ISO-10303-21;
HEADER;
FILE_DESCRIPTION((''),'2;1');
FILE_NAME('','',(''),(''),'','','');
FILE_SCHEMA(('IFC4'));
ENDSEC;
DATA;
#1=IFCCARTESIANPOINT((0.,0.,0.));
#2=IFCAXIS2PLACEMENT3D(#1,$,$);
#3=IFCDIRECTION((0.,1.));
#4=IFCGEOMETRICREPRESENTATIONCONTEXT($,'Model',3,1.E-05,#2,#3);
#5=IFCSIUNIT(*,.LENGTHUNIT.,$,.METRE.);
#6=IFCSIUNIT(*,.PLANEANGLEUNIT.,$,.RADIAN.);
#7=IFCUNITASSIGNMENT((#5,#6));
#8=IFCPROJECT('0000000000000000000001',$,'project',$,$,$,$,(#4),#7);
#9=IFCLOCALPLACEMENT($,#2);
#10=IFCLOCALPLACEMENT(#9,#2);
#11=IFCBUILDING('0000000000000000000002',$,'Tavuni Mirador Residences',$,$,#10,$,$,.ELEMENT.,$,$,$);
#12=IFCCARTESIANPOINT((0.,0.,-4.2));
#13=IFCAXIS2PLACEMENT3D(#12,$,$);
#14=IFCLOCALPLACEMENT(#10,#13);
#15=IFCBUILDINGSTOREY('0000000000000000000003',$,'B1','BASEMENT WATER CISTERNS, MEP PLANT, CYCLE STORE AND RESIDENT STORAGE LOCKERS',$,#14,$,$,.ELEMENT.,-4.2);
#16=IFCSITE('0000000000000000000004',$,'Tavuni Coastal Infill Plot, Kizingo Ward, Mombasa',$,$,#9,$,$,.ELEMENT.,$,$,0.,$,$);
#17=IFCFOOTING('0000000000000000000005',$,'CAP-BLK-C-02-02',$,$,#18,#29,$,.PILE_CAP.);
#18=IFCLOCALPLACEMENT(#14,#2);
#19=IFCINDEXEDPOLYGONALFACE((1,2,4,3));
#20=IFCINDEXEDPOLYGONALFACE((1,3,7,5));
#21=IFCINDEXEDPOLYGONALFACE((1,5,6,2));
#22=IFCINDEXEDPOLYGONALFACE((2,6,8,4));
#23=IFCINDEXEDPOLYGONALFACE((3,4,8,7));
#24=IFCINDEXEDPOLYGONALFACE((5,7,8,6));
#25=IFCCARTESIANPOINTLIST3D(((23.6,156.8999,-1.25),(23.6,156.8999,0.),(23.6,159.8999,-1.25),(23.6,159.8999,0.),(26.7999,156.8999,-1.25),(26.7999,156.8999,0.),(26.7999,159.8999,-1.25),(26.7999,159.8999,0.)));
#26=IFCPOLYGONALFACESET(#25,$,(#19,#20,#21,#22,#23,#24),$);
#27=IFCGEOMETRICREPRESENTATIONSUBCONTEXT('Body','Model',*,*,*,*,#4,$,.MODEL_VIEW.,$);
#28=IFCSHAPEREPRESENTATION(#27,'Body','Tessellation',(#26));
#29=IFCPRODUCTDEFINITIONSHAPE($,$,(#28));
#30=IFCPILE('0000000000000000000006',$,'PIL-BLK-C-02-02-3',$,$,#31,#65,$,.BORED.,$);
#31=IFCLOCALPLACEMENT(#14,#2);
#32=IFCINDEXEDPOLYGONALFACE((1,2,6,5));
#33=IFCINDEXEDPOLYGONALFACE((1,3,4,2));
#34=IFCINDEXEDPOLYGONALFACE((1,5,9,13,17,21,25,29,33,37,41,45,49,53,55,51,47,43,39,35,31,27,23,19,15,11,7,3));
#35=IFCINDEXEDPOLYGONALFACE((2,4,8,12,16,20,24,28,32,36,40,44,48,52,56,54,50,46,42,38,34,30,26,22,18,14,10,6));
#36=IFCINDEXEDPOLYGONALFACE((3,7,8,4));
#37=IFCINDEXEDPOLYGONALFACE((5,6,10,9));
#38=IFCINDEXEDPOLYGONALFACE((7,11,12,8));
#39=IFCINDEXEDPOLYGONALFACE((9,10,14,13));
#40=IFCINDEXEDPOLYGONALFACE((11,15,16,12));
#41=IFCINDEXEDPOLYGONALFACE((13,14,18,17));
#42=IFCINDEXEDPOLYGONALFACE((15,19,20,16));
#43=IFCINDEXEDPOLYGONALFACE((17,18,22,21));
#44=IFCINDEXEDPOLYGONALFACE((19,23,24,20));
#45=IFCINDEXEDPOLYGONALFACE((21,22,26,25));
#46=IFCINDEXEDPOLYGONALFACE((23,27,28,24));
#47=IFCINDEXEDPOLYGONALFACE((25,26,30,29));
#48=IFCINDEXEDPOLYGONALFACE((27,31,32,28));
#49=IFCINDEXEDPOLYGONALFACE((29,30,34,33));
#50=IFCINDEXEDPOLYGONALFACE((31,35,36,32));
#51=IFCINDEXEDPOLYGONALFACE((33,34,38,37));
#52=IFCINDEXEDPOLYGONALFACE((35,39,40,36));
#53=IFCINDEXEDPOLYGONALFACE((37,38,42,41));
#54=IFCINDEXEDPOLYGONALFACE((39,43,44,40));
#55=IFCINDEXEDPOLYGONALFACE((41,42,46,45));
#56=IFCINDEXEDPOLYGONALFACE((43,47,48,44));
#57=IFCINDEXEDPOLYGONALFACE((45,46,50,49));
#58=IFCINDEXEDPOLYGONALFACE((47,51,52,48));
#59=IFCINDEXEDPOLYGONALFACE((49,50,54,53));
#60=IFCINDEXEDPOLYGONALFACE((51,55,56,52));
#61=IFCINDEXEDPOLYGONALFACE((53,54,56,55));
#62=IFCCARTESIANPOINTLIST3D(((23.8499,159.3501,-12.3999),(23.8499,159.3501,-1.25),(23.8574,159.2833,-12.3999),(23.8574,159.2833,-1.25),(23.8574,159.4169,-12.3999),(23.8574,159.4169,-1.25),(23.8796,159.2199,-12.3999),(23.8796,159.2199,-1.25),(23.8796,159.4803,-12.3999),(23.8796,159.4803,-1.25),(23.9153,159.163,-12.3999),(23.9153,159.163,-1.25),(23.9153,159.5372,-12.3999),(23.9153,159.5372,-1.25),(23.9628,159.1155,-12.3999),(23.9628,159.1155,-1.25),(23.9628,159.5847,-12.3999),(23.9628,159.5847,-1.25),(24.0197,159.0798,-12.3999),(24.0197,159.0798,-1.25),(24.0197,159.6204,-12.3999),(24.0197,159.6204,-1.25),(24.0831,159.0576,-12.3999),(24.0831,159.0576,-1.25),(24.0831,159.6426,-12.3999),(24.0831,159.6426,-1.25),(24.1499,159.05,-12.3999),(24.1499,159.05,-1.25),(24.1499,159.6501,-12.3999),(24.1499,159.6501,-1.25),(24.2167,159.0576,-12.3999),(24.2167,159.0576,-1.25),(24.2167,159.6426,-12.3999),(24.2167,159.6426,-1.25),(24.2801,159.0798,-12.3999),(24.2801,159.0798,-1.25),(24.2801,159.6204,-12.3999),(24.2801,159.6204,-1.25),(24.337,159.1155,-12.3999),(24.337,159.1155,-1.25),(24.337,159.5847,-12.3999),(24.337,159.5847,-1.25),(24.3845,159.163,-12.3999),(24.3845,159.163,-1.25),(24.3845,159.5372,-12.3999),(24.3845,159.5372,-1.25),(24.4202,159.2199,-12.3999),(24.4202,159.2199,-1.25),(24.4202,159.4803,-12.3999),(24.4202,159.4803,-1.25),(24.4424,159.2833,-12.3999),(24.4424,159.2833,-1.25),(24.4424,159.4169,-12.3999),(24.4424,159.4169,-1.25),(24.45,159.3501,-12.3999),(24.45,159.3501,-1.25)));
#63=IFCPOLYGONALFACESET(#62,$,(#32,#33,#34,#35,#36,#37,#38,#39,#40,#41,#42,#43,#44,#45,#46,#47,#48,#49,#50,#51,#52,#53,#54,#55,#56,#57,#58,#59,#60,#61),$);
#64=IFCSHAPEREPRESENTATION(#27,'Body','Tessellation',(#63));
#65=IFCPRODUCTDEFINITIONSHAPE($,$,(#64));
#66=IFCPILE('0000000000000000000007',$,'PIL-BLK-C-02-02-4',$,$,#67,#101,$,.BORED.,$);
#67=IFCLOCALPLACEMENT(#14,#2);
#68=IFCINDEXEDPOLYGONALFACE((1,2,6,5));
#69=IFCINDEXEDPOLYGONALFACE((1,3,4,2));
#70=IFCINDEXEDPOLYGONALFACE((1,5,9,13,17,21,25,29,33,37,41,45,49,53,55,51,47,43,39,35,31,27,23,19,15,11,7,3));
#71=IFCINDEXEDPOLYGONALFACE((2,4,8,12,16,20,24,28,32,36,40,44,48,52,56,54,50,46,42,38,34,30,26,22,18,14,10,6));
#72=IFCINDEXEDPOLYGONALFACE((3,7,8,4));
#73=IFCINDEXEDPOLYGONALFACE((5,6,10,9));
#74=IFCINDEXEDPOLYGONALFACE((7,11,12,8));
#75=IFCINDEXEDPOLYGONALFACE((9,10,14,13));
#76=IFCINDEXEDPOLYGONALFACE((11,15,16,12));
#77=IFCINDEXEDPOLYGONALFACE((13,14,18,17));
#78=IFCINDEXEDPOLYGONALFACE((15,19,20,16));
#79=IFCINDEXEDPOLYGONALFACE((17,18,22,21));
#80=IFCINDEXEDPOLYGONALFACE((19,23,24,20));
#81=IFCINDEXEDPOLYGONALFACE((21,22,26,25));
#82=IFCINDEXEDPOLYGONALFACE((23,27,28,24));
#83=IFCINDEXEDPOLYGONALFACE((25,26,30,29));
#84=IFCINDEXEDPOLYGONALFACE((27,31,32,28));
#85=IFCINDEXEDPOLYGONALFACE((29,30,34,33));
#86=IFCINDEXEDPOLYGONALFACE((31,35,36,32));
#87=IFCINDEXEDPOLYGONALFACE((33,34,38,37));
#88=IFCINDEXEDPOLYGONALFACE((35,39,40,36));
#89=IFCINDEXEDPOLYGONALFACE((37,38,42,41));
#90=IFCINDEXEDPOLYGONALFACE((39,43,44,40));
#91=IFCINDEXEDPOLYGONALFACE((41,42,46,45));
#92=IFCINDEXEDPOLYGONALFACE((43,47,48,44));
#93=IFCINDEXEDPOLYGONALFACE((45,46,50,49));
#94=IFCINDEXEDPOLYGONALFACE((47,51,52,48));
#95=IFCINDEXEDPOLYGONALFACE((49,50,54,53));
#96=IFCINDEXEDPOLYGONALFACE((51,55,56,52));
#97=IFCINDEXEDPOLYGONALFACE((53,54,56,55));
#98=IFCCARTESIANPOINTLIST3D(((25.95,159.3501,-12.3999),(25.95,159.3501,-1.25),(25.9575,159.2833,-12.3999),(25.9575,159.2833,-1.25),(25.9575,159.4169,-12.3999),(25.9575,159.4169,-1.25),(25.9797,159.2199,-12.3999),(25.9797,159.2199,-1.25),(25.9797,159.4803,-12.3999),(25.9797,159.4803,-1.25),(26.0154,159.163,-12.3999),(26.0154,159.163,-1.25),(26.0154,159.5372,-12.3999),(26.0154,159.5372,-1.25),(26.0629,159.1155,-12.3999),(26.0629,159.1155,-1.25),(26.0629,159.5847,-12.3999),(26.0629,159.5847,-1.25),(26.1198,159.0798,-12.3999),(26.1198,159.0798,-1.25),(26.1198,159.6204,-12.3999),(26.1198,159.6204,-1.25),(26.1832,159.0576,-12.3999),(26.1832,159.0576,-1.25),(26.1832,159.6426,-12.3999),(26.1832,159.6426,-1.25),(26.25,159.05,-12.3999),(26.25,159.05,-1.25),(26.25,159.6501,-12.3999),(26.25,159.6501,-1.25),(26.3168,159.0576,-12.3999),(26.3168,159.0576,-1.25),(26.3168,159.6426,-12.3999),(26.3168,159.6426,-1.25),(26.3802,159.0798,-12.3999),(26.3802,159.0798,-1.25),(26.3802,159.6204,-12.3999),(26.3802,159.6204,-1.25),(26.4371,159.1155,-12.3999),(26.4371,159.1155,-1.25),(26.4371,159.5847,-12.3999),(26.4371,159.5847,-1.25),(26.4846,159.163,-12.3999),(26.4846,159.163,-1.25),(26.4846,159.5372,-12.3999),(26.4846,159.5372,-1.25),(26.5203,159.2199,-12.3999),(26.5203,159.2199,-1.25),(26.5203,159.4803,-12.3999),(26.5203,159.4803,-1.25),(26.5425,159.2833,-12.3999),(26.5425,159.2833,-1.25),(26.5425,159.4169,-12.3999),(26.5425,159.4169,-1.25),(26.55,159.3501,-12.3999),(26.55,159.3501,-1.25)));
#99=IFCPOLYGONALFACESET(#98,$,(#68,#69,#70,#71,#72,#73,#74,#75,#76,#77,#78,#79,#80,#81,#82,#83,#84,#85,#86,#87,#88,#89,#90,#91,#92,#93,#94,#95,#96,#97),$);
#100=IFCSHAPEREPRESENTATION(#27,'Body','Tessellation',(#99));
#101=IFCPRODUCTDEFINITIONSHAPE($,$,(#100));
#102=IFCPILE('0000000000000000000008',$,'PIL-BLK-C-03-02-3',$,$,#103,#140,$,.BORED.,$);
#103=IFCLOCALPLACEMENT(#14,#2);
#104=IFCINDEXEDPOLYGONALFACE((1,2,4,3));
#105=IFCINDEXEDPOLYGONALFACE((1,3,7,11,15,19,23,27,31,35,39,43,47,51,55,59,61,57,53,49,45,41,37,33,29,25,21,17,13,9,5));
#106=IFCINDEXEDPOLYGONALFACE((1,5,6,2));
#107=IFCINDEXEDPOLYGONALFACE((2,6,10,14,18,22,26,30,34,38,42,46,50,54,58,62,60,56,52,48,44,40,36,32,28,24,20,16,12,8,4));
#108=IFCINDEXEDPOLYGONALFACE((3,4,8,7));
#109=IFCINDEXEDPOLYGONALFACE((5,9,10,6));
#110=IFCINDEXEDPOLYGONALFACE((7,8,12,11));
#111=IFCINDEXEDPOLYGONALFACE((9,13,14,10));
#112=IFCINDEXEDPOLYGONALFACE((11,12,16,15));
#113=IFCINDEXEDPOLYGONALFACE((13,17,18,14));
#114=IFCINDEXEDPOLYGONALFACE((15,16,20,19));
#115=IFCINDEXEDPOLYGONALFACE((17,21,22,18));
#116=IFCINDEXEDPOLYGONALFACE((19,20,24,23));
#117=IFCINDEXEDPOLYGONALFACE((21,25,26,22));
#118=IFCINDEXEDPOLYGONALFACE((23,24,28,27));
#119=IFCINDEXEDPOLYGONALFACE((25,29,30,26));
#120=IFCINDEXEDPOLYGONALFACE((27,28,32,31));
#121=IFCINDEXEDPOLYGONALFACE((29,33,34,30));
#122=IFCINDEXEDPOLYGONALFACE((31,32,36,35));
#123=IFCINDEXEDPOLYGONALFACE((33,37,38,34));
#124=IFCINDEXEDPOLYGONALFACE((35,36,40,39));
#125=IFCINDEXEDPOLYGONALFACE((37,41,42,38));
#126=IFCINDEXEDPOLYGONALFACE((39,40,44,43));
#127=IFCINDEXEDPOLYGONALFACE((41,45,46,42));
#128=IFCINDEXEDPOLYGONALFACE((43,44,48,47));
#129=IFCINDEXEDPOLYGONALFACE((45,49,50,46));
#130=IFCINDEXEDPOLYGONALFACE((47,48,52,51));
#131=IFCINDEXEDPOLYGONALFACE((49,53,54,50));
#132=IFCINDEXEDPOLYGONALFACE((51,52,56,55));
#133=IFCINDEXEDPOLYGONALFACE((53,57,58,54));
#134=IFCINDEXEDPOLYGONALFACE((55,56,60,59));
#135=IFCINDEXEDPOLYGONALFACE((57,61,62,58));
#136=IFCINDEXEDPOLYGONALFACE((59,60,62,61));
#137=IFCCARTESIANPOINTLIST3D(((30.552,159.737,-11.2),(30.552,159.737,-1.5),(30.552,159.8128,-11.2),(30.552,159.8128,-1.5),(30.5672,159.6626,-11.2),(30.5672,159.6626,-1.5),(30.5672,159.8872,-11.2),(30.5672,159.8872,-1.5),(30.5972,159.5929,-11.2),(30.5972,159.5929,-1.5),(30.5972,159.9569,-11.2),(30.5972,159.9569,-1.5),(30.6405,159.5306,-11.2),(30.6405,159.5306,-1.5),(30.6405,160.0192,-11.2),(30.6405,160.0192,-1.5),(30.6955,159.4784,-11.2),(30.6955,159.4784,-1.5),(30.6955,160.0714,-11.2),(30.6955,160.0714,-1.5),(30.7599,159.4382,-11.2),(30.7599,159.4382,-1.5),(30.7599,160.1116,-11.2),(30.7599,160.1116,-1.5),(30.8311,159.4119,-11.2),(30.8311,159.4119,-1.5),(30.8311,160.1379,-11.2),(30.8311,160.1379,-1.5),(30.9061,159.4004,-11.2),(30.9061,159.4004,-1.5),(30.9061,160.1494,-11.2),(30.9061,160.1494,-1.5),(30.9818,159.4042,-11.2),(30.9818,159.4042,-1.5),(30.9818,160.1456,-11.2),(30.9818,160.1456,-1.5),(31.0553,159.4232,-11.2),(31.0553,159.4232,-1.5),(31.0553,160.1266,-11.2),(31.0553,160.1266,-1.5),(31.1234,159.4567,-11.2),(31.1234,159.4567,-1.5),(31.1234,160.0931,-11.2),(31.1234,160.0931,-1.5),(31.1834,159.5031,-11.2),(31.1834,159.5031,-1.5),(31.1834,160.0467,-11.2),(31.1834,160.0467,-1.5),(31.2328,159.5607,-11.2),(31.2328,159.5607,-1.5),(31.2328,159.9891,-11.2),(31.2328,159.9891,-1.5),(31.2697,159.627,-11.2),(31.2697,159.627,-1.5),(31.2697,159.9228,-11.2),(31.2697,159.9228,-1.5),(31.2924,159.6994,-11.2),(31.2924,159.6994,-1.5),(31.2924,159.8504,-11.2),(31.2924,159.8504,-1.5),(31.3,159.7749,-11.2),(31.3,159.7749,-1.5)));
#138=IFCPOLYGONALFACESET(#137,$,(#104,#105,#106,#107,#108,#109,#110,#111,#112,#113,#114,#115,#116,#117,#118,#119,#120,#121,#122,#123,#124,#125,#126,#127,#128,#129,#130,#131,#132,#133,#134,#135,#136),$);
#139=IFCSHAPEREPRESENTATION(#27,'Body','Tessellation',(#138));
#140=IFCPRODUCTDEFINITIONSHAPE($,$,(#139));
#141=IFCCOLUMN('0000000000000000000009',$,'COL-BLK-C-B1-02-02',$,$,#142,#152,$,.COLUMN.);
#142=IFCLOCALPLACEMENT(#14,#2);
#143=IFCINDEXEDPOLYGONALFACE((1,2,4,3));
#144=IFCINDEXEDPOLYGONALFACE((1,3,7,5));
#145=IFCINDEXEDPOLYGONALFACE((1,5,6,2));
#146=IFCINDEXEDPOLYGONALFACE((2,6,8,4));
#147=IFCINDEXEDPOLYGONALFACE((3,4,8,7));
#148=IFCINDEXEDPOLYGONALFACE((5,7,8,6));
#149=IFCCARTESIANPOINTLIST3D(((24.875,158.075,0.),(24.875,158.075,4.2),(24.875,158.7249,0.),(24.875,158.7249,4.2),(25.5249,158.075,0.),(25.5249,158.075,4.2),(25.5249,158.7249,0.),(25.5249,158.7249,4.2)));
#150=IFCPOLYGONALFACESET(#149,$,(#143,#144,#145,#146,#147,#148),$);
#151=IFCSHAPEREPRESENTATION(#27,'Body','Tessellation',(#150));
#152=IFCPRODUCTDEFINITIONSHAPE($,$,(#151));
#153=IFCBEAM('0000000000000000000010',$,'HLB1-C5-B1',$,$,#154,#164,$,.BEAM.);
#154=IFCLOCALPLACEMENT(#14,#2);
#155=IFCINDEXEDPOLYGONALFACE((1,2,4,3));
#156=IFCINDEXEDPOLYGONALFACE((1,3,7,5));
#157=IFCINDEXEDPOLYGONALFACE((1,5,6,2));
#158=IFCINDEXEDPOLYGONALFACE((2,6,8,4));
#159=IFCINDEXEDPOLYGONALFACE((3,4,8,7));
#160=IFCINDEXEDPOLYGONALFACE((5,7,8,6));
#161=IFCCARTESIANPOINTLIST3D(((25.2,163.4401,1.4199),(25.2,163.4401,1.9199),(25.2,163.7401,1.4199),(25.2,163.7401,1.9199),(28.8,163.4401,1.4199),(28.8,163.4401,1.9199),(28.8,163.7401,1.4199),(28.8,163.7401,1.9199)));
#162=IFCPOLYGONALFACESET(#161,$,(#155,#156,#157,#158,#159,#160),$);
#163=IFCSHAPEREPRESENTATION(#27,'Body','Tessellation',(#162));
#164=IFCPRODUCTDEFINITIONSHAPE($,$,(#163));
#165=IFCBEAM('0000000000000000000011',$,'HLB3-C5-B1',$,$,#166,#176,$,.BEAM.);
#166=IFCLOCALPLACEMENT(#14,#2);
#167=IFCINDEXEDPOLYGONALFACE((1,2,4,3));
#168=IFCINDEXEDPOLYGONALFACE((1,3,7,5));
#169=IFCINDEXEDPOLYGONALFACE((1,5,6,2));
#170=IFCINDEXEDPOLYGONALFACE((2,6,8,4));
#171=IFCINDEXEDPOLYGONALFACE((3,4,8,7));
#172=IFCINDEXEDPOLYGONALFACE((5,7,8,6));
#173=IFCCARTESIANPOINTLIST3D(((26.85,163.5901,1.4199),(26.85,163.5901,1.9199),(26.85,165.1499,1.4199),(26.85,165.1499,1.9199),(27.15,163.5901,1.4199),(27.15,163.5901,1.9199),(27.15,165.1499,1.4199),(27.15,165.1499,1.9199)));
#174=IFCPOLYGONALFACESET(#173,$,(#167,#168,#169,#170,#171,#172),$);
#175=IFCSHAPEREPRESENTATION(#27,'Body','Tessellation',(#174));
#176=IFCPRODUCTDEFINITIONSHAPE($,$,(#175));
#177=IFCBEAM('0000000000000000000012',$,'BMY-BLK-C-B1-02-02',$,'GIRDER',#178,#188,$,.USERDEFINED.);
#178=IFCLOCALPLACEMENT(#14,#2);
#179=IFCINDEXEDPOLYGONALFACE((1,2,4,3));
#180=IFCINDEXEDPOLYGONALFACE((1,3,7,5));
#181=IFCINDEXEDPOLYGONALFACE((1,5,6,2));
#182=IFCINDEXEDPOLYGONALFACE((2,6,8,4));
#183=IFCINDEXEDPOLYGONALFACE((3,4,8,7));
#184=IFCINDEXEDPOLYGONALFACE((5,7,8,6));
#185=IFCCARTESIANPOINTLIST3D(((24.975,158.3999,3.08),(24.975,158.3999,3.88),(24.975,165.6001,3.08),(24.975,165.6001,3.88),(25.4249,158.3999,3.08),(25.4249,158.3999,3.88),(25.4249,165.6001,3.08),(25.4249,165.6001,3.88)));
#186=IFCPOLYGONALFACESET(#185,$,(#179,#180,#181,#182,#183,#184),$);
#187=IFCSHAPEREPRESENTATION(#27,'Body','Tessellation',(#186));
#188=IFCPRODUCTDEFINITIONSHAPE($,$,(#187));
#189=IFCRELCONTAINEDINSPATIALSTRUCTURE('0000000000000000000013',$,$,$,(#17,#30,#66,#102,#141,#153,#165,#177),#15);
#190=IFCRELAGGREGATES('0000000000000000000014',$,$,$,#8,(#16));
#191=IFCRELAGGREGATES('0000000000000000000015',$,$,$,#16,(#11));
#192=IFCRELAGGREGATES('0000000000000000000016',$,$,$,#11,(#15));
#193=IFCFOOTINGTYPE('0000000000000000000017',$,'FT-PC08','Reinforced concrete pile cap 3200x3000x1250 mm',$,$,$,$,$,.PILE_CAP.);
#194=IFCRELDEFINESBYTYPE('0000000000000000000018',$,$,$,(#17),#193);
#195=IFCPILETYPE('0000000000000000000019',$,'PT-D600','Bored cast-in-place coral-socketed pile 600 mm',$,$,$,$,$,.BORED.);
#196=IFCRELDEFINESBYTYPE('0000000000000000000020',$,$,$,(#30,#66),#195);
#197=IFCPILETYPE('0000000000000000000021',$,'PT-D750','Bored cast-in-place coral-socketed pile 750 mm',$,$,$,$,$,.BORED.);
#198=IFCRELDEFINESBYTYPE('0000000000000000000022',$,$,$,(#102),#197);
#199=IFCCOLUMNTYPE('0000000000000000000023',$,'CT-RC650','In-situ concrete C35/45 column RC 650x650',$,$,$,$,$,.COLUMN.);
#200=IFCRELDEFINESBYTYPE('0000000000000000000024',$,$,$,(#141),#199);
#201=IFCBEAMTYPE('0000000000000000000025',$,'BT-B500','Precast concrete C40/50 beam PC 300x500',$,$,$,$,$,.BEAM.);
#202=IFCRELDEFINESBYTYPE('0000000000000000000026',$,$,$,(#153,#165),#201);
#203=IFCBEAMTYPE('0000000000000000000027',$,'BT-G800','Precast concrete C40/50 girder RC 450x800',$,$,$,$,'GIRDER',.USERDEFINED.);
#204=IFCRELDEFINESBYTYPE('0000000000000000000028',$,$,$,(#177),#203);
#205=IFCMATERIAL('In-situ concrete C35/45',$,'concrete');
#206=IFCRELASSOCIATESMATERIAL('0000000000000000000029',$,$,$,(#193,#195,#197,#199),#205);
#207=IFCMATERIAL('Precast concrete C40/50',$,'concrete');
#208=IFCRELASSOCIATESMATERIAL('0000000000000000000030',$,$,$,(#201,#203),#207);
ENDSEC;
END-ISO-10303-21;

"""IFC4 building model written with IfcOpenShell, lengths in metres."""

from ifc_helpers import new_model, si_unit, direction, frame, origin, origin_2d, place, context, subcontext, project, spatial, rectangle, circle, extrude, material, material_profile, profile_set, type_object, element, save


model = new_model("IFC4")

# Units and contexts
model_context = context("Model", 3, precision=1e-05, world=origin(), true_north=direction((0.0, 1.0)))
body_context = subcontext(model_context, "Body", "Model", "MODEL_VIEW")
ifc_project = project(units=[si_unit("LENGTHUNIT", "METRE"), si_unit("PLANEANGLEUNIT", "RADIAN")], contexts=[model_context])

# Site, building, storey
site_placement = place(None, origin())
site = spatial("IfcSite", under=ifc_project, at=site_placement, Name="Tavuni Coastal Infill Plot, Kizingo Ward, Mombasa", CompositionType="ELEMENT", RefElevation=0.0)
building_placement = place(site_placement, origin())
building = spatial("IfcBuilding", under=site, at=building_placement, Name="Tavuni Mirador Residences", CompositionType="ELEMENT")
storey_placement = place(building_placement, frame((0.0, 0.0, -4.2)))
storey = spatial("IfcBuildingStorey", under=building, at=storey_placement, Name="B1", Description="BASEMENT WATER CISTERNS, MEP PLANT, CYCLE STORE AND RESIDENT STORAGE LOCKERS", CompositionType="ELEMENT", Elevation=-4.2)

# Footing
ifc_material_1 = material(Name="In-situ concrete C35/45", Category="concrete")
footing_type = type_object("IfcFootingType", Name="FT-PC08", Description="Reinforced concrete pile cap 3200x3000x1250 mm", PredefinedType="PILE_CAP", material=ifc_material_1)
footing_placement = place(storey_placement, frame((25.2, 158.3999, -1.25), z_axis=(0.0, 0.0, 1.0), x_axis=(1.0, 0.0, 0.0)))
element("IfcFooting", 1, at=footing_placement, inside=storey, type_object=footing_type, Name="CAP-BLK-C-02-02", PredefinedType="PILE_CAP", context=body_context, shape_type="SweptSolid", body=[
    extrude(rectangle(XDim=3.2, YDim=3.0, at=origin_2d()), origin(), (0.0, 0.0, 1.0), 1.25),
])

# Piles
ifc_material_profile_1 = material_profile(ifc_material_1, circle(Radius=0.3, at=origin_2d()), Name="PILE D600", Category="concrete")
ifc_profile_set_1 = profile_set([ifc_material_profile_1], Name="In-situ concrete C35/45")
pile_type_1 = type_object("IfcPileType", Name="PT-D600", Description="Bored cast-in-place coral-socketed pile 600 mm", PredefinedType="BORED", material=ifc_profile_set_1)
for number, where, z_axis, x_axis, name in (
    (2, (24.1499, 159.3501, -1.25), (0.0, 0.0, -1.0), (1.0, 0.0, 0.0), "PIL-BLK-C-02-02-3"),
    (3, (26.25, 159.3501, -1.25), (0.0, 0.0, -1.0), (1.0, 0.0, 0.0), "PIL-BLK-C-02-02-4"),
):
    element("IfcPile", number, at=place(storey_placement, frame(where, z_axis=z_axis, x_axis=x_axis)), inside=storey, type_object=pile_type_1, Name=name, PredefinedType="BORED", context=body_context, shape_type="SweptSolid", body=[
        extrude(circle(Radius=0.3, at=origin_2d()), origin(), (0.0, 0.0, 1.0), 11.1499),
    ])
ifc_material_profile_2 = material_profile(ifc_material_1, circle(Radius=0.375, at=origin_2d()), Name="PILE D750", Category="concrete")
ifc_profile_set_2 = profile_set([ifc_material_profile_2], Name="In-situ concrete C35/45")
pile_type_2 = type_object("IfcPileType", Name="PT-D750", Description="Bored cast-in-place coral-socketed pile 750 mm", PredefinedType="BORED", material=ifc_profile_set_2)
pile_placement = place(storey_placement, frame((30.925, 159.7749, -1.5), z_axis=(0.0, 0.0, -1.0), x_axis=(1.0, 0.0, 0.0)))
element("IfcPile", 4, at=pile_placement, inside=storey, type_object=pile_type_2, Name="PIL-BLK-C-03-02-3", PredefinedType="BORED", context=body_context, shape_type="SweptSolid", body=[
    extrude(circle(Radius=0.375, at=origin_2d()), origin(), (0.0, 0.0, 1.0), 9.7),
])

# Column
ifc_material_profile_3 = material_profile(ifc_material_1, rectangle(XDim=0.6499, YDim=0.6499, at=origin_2d()), Name="RC 650x650", Category="concrete")
ifc_profile_set_3 = profile_set([ifc_material_profile_3], Name="In-situ concrete C35/45")
column_type = type_object("IfcColumnType", Name="CT-RC650", Description="In-situ concrete C35/45 column RC 650x650", PredefinedType="COLUMN", material=ifc_profile_set_3)
column_placement = place(storey_placement, frame((25.2, 158.3999, 0.0), z_axis=(0.0, 0.0, 1.0), x_axis=(1.0, 0.0, 0.0)))
element("IfcColumn", 5, at=column_placement, inside=storey, type_object=column_type, Name="COL-BLK-C-B1-02-02", PredefinedType="COLUMN", context=body_context, shape_type="SweptSolid", body=[
    extrude(rectangle(XDim=0.6499, YDim=0.6499, at=origin_2d()), origin(), (0.0, 0.0, 1.0), 4.2),
])

# Beams
ifc_material_2 = material(Name="Precast concrete C40/50", Category="concrete")
ifc_material_profile_4 = material_profile(ifc_material_2, rectangle(XDim=0.3, YDim=0.5, at=origin_2d()), Name="PC 300x500", Category="concrete")
ifc_profile_set_4 = profile_set([ifc_material_profile_4], Name="Precast concrete C40/50")
beam_type_1 = type_object("IfcBeamType", Name="BT-B500", Description="Precast concrete C40/50 beam PC 300x500", PredefinedType="BEAM", material=ifc_profile_set_4)
beam_1_placement = place(storey_placement, frame((25.2, 163.5901, 1.6699), z_axis=(1.0, 0.0, 0.0), x_axis=(0.0, 1.0, 0.0)))
element("IfcBeam", 6, at=beam_1_placement, inside=storey, type_object=beam_type_1, Name="HLB1-C5-B1", PredefinedType="BEAM", context=body_context, shape_type="SweptSolid", body=[
    extrude(rectangle(XDim=0.3, YDim=0.5, at=origin_2d()), origin(), (0.0, 0.0, 1.0), 3.6001),
])
beam_2_placement = place(storey_placement, frame((27.0, 163.5901, 1.6699), z_axis=(0.0, 1.0, 0.0), x_axis=(-1.0, 0.0, 0.0)))
element("IfcBeam", 7, at=beam_2_placement, inside=storey, type_object=beam_type_1, Name="HLB3-C5-B1", PredefinedType="BEAM", context=body_context, shape_type="SweptSolid", body=[
    extrude(rectangle(XDim=0.3, YDim=0.5, at=origin_2d()), origin(), (0.0, 0.0, 1.0), 1.5598),
])
ifc_material_profile_5 = material_profile(ifc_material_2, rectangle(XDim=0.45, YDim=0.8, at=origin_2d()), Name="RC 450x800", Category="concrete")
ifc_profile_set_5 = profile_set([ifc_material_profile_5], Name="Precast concrete C40/50")
beam_type_2 = type_object("IfcBeamType", Name="BT-G800", Description="Precast concrete C40/50 girder RC 450x800", ElementType="GIRDER", PredefinedType="USERDEFINED", material=ifc_profile_set_5)
beam_3_placement = place(storey_placement, frame((25.2, 158.3999, 3.48), z_axis=(0.0, 1.0, 0.0), x_axis=(-1.0, 0.0, 0.0)))
element("IfcBeam", 8, at=beam_3_placement, inside=storey, type_object=beam_type_2, Name="BMY-BLK-C-B1-02-02", ObjectType="GIRDER", PredefinedType="USERDEFINED", context=body_context, shape_type="SweptSolid", body=[
    extrude(rectangle(XDim=0.45, YDim=0.8, at=origin_2d()), origin(), (0.0, 0.0, 1.0), 7.2002),
])

save(model, "model.ifc")
